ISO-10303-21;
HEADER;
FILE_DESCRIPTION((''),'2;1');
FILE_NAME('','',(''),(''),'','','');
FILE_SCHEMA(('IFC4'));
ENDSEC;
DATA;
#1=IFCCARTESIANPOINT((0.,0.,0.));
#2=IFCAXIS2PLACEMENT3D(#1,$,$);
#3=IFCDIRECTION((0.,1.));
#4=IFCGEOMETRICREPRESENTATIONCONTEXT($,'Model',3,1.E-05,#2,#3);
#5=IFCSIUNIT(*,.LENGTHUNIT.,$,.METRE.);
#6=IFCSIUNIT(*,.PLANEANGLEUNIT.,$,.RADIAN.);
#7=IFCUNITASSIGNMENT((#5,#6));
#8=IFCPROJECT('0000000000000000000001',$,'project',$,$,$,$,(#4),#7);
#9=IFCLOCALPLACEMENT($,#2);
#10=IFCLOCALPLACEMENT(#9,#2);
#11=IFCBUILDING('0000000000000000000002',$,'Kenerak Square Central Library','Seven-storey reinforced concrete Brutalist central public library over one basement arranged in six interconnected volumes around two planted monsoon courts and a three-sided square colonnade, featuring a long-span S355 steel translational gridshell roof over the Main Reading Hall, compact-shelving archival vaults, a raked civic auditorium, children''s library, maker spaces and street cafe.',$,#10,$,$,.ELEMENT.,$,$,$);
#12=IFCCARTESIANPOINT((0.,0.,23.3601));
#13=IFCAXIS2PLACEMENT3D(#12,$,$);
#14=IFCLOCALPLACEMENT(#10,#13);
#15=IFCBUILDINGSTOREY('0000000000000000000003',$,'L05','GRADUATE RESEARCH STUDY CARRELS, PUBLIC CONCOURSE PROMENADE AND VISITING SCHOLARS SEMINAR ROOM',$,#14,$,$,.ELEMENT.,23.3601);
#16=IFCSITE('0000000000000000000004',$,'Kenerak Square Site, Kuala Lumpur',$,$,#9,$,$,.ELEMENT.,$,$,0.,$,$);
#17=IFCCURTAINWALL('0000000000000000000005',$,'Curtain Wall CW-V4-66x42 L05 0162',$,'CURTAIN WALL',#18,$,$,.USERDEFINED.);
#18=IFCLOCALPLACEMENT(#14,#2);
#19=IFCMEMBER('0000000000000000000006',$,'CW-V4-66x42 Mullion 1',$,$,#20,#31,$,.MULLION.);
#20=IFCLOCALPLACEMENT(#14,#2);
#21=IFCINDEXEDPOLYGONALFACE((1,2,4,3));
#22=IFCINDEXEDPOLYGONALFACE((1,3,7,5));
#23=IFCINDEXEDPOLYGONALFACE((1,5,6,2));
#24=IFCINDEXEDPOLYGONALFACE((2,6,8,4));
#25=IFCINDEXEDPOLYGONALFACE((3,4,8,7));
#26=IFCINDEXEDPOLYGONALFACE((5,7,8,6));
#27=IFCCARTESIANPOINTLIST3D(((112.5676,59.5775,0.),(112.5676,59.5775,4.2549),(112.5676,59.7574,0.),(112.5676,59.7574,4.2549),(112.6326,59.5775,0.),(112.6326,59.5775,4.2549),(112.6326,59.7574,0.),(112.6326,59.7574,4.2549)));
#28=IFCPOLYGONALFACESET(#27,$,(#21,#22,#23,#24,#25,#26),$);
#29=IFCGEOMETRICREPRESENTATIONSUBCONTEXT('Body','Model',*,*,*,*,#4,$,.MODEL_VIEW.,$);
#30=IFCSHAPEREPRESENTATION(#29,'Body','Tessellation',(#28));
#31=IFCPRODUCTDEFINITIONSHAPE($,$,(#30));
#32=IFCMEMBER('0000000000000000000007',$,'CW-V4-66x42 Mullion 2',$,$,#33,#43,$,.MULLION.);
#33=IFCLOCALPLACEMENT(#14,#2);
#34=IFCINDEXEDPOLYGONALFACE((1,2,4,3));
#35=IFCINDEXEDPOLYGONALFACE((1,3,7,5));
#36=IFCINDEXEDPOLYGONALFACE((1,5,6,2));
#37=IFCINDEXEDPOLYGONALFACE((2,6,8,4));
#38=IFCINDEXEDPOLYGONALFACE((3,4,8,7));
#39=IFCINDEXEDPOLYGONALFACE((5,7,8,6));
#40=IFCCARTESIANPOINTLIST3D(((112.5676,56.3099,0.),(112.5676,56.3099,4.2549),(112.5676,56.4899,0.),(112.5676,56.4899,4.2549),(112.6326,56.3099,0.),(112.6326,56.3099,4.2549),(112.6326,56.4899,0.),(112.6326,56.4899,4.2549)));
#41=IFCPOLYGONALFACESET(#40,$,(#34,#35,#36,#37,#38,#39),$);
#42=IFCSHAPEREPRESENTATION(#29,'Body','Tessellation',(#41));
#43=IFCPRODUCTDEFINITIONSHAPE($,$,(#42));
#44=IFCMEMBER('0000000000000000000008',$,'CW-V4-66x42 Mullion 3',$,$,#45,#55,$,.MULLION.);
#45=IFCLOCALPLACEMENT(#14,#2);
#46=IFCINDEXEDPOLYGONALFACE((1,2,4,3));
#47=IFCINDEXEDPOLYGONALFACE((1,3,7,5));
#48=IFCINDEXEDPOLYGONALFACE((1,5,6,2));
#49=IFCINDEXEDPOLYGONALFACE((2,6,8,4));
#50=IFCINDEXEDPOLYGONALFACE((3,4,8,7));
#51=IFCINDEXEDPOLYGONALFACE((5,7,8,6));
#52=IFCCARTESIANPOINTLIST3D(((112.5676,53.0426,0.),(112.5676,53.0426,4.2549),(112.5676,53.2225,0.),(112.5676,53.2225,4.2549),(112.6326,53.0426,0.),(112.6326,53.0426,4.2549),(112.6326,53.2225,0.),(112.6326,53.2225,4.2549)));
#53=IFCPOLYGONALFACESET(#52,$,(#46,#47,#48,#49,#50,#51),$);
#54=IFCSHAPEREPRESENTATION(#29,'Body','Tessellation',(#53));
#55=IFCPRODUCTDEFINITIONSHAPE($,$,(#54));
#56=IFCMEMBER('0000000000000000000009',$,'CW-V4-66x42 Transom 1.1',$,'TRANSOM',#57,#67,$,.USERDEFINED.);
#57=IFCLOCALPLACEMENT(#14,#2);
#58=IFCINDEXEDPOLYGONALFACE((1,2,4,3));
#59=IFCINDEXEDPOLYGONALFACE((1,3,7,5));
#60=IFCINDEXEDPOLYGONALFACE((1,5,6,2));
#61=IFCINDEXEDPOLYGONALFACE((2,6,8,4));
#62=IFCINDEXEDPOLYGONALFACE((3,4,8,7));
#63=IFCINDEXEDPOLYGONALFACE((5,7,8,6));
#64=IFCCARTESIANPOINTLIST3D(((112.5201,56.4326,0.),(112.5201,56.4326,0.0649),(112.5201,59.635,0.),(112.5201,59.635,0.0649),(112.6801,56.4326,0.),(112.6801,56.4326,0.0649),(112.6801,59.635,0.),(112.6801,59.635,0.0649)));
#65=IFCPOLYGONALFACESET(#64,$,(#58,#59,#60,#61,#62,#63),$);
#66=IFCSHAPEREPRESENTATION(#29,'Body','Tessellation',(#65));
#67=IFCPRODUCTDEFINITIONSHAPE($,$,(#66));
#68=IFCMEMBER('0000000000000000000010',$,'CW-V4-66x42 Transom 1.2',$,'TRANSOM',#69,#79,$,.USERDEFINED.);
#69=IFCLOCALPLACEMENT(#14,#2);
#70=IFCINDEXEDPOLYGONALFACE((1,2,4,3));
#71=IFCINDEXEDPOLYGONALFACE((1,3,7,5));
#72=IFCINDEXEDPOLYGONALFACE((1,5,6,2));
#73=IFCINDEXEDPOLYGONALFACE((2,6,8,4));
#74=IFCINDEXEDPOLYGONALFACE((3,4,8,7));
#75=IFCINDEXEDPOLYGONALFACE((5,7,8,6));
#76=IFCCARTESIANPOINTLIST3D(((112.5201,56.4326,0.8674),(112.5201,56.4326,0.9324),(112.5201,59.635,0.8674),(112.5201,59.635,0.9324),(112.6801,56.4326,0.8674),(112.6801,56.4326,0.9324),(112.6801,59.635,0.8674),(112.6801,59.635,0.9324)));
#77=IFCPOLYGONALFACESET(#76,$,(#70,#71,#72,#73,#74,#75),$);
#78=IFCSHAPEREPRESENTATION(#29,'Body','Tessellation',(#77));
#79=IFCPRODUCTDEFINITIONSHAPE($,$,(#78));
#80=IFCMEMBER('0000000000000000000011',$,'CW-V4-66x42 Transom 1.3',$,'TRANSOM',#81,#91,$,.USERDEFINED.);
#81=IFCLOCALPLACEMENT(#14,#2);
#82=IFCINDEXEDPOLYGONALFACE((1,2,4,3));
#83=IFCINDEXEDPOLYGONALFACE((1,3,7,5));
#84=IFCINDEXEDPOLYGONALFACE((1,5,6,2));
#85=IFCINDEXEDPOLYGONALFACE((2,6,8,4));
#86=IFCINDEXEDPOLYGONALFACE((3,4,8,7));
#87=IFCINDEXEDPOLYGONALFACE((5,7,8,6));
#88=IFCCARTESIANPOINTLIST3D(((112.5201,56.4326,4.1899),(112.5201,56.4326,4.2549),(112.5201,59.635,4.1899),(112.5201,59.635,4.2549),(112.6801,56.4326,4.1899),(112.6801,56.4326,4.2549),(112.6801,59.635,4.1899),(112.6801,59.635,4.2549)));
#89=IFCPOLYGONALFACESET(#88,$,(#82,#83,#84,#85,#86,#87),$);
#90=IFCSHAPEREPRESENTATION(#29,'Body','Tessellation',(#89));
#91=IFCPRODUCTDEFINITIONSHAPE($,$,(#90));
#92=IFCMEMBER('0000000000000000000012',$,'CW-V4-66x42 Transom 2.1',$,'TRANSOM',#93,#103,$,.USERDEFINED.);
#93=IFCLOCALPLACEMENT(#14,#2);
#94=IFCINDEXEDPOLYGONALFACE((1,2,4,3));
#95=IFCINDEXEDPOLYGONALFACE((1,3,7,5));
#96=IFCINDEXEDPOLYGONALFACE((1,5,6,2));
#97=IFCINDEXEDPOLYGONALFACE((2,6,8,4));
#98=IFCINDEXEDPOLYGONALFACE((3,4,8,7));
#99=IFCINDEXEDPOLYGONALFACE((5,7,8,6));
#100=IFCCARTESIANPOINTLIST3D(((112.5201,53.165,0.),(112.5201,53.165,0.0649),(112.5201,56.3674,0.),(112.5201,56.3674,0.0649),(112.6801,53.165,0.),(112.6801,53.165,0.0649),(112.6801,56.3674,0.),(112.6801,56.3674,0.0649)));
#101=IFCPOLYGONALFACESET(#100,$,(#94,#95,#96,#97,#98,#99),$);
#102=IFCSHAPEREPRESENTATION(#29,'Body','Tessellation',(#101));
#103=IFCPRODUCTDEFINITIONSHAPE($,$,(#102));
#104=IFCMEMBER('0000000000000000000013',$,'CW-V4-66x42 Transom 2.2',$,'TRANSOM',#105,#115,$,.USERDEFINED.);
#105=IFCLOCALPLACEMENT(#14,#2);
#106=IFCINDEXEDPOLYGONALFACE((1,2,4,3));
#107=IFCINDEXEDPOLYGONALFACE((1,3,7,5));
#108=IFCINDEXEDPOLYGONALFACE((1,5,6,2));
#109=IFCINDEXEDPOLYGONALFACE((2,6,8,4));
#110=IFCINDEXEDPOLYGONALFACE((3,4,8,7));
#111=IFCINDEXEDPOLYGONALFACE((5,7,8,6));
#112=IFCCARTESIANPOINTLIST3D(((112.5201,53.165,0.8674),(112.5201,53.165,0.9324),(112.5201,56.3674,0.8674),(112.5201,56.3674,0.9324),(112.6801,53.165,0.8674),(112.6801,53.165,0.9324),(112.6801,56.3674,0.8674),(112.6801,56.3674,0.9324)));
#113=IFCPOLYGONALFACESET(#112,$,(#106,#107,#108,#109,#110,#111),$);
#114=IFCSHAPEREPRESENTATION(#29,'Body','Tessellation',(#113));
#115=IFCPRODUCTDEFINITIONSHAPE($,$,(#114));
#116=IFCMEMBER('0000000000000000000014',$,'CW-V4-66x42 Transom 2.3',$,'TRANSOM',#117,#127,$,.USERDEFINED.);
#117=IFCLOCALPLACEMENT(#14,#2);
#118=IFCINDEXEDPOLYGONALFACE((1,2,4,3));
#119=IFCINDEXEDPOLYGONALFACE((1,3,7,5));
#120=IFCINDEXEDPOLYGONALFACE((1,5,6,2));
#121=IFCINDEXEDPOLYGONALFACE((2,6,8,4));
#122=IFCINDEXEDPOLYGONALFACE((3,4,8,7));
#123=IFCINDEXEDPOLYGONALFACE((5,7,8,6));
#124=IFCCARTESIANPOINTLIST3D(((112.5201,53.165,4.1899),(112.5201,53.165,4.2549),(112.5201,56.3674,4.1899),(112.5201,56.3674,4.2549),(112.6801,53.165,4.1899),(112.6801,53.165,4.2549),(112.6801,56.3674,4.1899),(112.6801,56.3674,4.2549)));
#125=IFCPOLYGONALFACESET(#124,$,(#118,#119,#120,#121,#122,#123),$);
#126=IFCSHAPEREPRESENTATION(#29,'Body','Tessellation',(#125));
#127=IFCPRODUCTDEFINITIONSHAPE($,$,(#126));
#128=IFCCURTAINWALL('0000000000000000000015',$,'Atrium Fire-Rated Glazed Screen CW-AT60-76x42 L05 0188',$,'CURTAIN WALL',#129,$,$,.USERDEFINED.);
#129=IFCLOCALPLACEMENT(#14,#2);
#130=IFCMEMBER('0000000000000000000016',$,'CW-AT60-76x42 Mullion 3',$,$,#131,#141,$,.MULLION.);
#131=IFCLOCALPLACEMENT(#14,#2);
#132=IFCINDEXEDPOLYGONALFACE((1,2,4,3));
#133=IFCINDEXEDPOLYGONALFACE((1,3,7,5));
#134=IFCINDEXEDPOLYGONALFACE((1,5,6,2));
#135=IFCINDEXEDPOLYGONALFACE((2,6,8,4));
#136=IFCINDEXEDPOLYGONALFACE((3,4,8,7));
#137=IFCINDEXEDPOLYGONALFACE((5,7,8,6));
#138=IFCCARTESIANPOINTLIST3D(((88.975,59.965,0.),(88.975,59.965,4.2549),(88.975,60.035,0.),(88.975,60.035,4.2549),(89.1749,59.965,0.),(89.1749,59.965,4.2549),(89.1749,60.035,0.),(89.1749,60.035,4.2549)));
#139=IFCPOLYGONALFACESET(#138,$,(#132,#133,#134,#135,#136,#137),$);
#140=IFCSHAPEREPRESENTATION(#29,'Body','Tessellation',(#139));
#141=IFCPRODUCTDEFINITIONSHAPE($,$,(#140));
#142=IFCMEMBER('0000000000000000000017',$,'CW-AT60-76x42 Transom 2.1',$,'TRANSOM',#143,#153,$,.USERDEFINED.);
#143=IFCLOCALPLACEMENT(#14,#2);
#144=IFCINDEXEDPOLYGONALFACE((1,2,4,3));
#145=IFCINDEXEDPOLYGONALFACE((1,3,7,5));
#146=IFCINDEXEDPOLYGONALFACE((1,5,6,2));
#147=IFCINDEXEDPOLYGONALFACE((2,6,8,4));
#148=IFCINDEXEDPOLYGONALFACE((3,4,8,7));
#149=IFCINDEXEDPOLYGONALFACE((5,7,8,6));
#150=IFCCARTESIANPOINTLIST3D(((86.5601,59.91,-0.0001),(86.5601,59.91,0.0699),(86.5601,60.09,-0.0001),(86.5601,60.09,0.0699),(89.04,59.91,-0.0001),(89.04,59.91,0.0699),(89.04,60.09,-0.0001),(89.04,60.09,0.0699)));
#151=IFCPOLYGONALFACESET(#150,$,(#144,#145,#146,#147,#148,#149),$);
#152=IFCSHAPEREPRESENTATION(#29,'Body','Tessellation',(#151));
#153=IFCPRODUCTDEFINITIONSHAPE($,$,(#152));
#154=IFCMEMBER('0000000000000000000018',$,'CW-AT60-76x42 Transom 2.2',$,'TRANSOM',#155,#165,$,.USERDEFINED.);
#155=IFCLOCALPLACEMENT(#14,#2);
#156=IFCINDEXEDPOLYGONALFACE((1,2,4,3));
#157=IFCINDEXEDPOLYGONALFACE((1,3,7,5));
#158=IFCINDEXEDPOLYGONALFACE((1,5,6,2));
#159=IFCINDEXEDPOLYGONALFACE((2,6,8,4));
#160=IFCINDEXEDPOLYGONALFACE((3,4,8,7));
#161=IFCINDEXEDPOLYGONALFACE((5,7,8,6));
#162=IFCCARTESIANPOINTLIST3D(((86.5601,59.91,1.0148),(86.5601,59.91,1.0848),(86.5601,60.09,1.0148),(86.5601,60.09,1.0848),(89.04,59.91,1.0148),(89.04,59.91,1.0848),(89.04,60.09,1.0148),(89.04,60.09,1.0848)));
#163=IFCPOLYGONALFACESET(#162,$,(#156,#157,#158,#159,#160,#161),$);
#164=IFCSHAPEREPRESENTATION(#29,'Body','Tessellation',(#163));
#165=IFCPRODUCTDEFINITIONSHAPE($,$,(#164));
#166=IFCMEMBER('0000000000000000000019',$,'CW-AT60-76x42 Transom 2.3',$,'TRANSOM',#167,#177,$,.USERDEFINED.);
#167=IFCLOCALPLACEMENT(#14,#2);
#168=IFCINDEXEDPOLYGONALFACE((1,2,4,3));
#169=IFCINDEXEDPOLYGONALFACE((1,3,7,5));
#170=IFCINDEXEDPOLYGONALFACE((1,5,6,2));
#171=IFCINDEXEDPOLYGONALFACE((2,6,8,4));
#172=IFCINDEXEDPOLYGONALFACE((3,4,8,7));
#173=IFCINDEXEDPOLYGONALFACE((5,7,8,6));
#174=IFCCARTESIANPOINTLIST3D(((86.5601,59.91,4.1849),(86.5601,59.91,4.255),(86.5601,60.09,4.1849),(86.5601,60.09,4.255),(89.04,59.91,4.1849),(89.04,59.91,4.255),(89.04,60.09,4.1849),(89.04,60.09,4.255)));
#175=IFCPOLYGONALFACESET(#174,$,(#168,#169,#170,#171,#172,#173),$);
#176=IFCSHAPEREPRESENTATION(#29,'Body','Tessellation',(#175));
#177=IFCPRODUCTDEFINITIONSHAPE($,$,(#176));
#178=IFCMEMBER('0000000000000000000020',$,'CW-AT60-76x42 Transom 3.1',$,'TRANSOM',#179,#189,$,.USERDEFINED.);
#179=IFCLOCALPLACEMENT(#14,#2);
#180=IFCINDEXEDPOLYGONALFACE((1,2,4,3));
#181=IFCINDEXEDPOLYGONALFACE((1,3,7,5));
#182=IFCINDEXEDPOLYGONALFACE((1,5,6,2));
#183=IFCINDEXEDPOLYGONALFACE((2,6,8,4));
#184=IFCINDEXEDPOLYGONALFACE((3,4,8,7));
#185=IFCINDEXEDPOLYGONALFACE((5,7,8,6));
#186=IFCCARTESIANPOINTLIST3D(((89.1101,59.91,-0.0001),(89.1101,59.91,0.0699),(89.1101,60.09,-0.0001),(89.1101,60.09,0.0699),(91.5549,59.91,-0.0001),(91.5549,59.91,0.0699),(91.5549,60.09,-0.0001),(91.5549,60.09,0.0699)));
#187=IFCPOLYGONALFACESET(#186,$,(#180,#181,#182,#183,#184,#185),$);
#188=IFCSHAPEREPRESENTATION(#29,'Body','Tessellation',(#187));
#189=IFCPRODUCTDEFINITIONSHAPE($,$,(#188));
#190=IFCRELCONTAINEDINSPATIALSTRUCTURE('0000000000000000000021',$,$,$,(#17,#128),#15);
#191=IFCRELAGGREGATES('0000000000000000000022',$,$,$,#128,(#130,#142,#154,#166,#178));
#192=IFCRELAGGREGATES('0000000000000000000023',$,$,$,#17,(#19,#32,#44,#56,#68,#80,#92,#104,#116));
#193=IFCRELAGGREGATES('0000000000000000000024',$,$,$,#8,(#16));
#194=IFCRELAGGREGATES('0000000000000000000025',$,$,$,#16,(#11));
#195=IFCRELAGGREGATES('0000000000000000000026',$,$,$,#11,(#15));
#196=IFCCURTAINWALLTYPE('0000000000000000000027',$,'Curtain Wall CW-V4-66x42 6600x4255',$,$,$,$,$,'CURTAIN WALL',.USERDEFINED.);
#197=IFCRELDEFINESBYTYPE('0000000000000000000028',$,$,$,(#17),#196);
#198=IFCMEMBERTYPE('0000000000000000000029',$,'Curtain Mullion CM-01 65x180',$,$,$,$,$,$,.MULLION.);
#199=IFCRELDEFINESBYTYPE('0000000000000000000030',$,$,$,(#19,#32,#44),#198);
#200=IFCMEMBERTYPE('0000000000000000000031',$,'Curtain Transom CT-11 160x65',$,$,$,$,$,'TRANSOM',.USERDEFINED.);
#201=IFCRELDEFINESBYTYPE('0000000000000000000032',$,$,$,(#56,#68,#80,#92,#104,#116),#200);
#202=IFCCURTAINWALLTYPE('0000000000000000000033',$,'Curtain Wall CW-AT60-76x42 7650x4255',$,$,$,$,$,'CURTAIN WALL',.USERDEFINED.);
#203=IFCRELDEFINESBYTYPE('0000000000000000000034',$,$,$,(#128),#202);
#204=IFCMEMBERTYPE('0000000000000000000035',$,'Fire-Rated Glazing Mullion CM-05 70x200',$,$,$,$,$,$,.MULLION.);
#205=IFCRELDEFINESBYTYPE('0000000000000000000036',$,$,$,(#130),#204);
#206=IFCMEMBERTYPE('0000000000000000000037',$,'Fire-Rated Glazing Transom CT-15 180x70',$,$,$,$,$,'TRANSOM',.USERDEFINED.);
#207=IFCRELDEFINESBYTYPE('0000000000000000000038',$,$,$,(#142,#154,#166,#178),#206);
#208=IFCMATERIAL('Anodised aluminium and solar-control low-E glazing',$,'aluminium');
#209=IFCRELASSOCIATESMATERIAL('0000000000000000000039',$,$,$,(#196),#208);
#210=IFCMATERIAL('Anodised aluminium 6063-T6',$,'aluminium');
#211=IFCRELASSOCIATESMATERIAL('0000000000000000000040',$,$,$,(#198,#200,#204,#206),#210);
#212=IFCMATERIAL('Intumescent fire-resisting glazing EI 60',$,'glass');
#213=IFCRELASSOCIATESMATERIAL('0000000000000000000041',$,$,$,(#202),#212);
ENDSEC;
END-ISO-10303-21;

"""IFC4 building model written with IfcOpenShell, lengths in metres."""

from ifc_helpers import new_model, si_unit, direction, frame, origin, origin_2d, place, context, subcontext, project, spatial, rectangle, extrude, material, material_profile, profile_set, type_object, element, aggregate, save


model = new_model("IFC4")

# Units and contexts
model_context = context("Model", 3, precision=1e-05, world=origin(), true_north=direction((0.0, 1.0)))
body_context = subcontext(model_context, "Body", "Model", "MODEL_VIEW")
ifc_project = project(units=[si_unit("LENGTHUNIT", "METRE"), si_unit("PLANEANGLEUNIT", "RADIAN")], contexts=[model_context])

# Site, building, storey
site_placement = place(None, origin())
site = spatial("IfcSite", under=ifc_project, at=site_placement, Name="Kenerak Square Site, Kuala Lumpur", CompositionType="ELEMENT", RefElevation=0.0)
building_placement = place(site_placement, origin())
building = spatial("IfcBuilding", under=site, at=building_placement, Name="Kenerak Square Central Library", Description="Seven-storey reinforced concrete Brutalist central public library over one basement arranged in six interconnected volumes around two planted monsoon courts and a three-sided square colonnade, featuring a long-span S355 steel translational gridshell roof over the Main Reading Hall, compact-shelving archival vaults, a raked civic auditorium, children's library, maker spaces and street cafe.", CompositionType="ELEMENT")
storey_placement = place(building_placement, frame((0.0, 0.0, 23.3601)))
storey = spatial("IfcBuildingStorey", under=building, at=storey_placement, Name="L05", Description="GRADUATE RESEARCH STUDY CARRELS, PUBLIC CONCOURSE PROMENADE AND VISITING SCHOLARS SEMINAR ROOM", CompositionType="ELEMENT", Elevation=23.3601)

# Curtain wall, members
ifc_material_1 = material(Name="Anodised aluminium and solar-control low-E glazing", Category="aluminium")
curtain_wall_type_1 = type_object("IfcCurtainWallType", Name="Curtain Wall CW-V4-66x42 6600x4255", ElementType="CURTAIN WALL", PredefinedType="USERDEFINED", material=ifc_material_1)
curtain_wall_1_placement = place(storey_placement, origin())
curtain_wall_1 = element("IfcCurtainWall", 1, at=curtain_wall_1_placement, inside=storey, type_object=curtain_wall_type_1, Name="Curtain Wall CW-V4-66x42 L05 0162", ObjectType="CURTAIN WALL", PredefinedType="USERDEFINED")
ifc_material_2 = material(Name="Anodised aluminium 6063-T6", Category="aluminium")
ifc_material_profile_1 = material_profile(ifc_material_2, rectangle(XDim=0.0649, YDim=0.1799, at=origin_2d()), Name="AL MULLION 65x180")
ifc_profile_set_1 = profile_set([ifc_material_profile_1], Name="Anodised aluminium 6063-T6")
member_type_1 = type_object("IfcMemberType", Name="Curtain Mullion CM-01 65x180", PredefinedType="MULLION", material=ifc_profile_set_1)
member_1_placement = place(storey_placement, frame((112.6001, 59.6675, 0.0), z_axis=(0.0, 0.0, 1.0), x_axis=(1.0, 0.0, 0.0)))
member_1 = element("IfcMember", 2, at=member_1_placement, type_object=member_type_1, Name="CW-V4-66x42 Mullion 1", PredefinedType="MULLION", context=body_context, shape_type="SweptSolid", body=[
    extrude(rectangle(XDim=0.0649, YDim=0.1799, at=origin_2d()), origin(), (0.0, 0.0, 1.0), 4.2549),
])
member_2_placement = place(storey_placement, frame((112.6001, 56.3999, 0.0), z_axis=(0.0, 0.0, 1.0), x_axis=(1.0, 0.0, 0.0)))
member_2 = element("IfcMember", 3, at=member_2_placement, type_object=member_type_1, Name="CW-V4-66x42 Mullion 2", PredefinedType="MULLION", context=body_context, shape_type="SweptSolid", body=[
    extrude(rectangle(XDim=0.0649, YDim=0.1799, at=origin_2d()), origin(), (0.0, 0.0, 1.0), 4.2549),
])
member_3_placement = place(storey_placement, frame((112.6001, 53.1326, 0.0), z_axis=(0.0, 0.0, 1.0), x_axis=(1.0, 0.0, 0.0)))
member_3 = element("IfcMember", 4, at=member_3_placement, type_object=member_type_1, Name="CW-V4-66x42 Mullion 3", PredefinedType="MULLION", context=body_context, shape_type="SweptSolid", body=[
    extrude(rectangle(XDim=0.0649, YDim=0.1799, at=origin_2d()), origin(), (0.0, 0.0, 1.0), 4.2549),
])
ifc_material_profile_2 = material_profile(ifc_material_2, rectangle(XDim=0.1599, YDim=0.0649, at=origin_2d()), Name="AL TRANSOM 160x65")
ifc_profile_set_2 = profile_set([ifc_material_profile_2], Name="Anodised aluminium 6063-T6")
member_type_2 = type_object("IfcMemberType", Name="Curtain Transom CT-11 160x65", ElementType="TRANSOM", PredefinedType="USERDEFINED", material=ifc_profile_set_2)
member_4_placement = place(storey_placement, frame((112.6001, 59.635, 0.0325), z_axis=(0.0, -1.0, 0.0), x_axis=(1.0, 0.0, 0.0)))
member_4 = element("IfcMember", 5, at=member_4_placement, type_object=member_type_2, Name="CW-V4-66x42 Transom 1.1", ObjectType="TRANSOM", PredefinedType="USERDEFINED", context=body_context, shape_type="SweptSolid", body=[
    extrude(rectangle(XDim=0.1599, YDim=0.0649, at=origin_2d()), origin(), (0.0, 0.0, 1.0), 3.2024),
])
member_5_placement = place(storey_placement, frame((112.6001, 59.635, 0.8999), z_axis=(0.0, -1.0, 0.0), x_axis=(1.0, 0.0, 0.0)))
member_5 = element("IfcMember", 6, at=member_5_placement, type_object=member_type_2, Name="CW-V4-66x42 Transom 1.2", ObjectType="TRANSOM", PredefinedType="USERDEFINED", context=body_context, shape_type="SweptSolid", body=[
    extrude(rectangle(XDim=0.1599, YDim=0.0649, at=origin_2d()), origin(), (0.0, 0.0, 1.0), 3.2024),
])
member_6_placement = place(storey_placement, frame((112.6001, 59.635, 4.2224), z_axis=(0.0, -1.0, 0.0), x_axis=(1.0, 0.0, 0.0)))
member_6 = element("IfcMember", 7, at=member_6_placement, type_object=member_type_2, Name="CW-V4-66x42 Transom 1.3", ObjectType="TRANSOM", PredefinedType="USERDEFINED", context=body_context, shape_type="SweptSolid", body=[
    extrude(rectangle(XDim=0.1599, YDim=0.0649, at=origin_2d()), origin(), (0.0, 0.0, 1.0), 3.2024),
])
member_7_placement = place(storey_placement, frame((112.6001, 56.3674, 0.0325), z_axis=(0.0, -1.0, 0.0), x_axis=(1.0, 0.0, 0.0)))
member_7 = element("IfcMember", 8, at=member_7_placement, type_object=member_type_2, Name="CW-V4-66x42 Transom 2.1", ObjectType="TRANSOM", PredefinedType="USERDEFINED", context=body_context, shape_type="SweptSolid", body=[
    extrude(rectangle(XDim=0.1599, YDim=0.0649, at=origin_2d()), origin(), (0.0, 0.0, 1.0), 3.2024),
])
member_8_placement = place(storey_placement, frame((112.6001, 56.3674, 0.8999), z_axis=(0.0, -1.0, 0.0), x_axis=(1.0, 0.0, 0.0)))
member_8 = element("IfcMember", 9, at=member_8_placement, type_object=member_type_2, Name="CW-V4-66x42 Transom 2.2", ObjectType="TRANSOM", PredefinedType="USERDEFINED", context=body_context, shape_type="SweptSolid", body=[
    extrude(rectangle(XDim=0.1599, YDim=0.0649, at=origin_2d()), origin(), (0.0, 0.0, 1.0), 3.2024),
])
member_9_placement = place(storey_placement, frame((112.6001, 56.3674, 4.2224), z_axis=(0.0, -1.0, 0.0), x_axis=(1.0, 0.0, 0.0)))
member_9 = element("IfcMember", 10, at=member_9_placement, type_object=member_type_2, Name="CW-V4-66x42 Transom 2.3", ObjectType="TRANSOM", PredefinedType="USERDEFINED", context=body_context, shape_type="SweptSolid", body=[
    extrude(rectangle(XDim=0.1599, YDim=0.0649, at=origin_2d()), origin(), (0.0, 0.0, 1.0), 3.2024),
])

# Curtain wall, members
ifc_material_3 = material(Name="Intumescent fire-resisting glazing EI 60", Category="glass")
curtain_wall_type_2 = type_object("IfcCurtainWallType", Name="Curtain Wall CW-AT60-76x42 7650x4255", ElementType="CURTAIN WALL", PredefinedType="USERDEFINED", material=ifc_material_3)
curtain_wall_2_placement = place(storey_placement, origin())
curtain_wall_2 = element("IfcCurtainWall", 11, at=curtain_wall_2_placement, inside=storey, type_object=curtain_wall_type_2, Name="Atrium Fire-Rated Glazed Screen CW-AT60-76x42 L05 0188", ObjectType="CURTAIN WALL", PredefinedType="USERDEFINED")
ifc_material_profile_3 = material_profile(ifc_material_2, rectangle(XDim=0.0701, YDim=0.2, at=origin_2d()), Name="AL MULLION 70x200")
ifc_profile_set_3 = profile_set([ifc_material_profile_3], Name="Anodised aluminium 6063-T6")
member_type_3 = type_object("IfcMemberType", Name="Fire-Rated Glazing Mullion CM-05 70x200", PredefinedType="MULLION", material=ifc_profile_set_3)
member_10_placement = place(storey_placement, frame((89.075, 60.0, 0.0), z_axis=(0.0, 0.0, 1.0), x_axis=(0.0, 1.0, 0.0)))
member_10 = element("IfcMember", 12, at=member_10_placement, type_object=member_type_3, Name="CW-AT60-76x42 Mullion 3", PredefinedType="MULLION", context=body_context, shape_type="SweptSolid", body=[
    extrude(rectangle(XDim=0.0701, YDim=0.2, at=origin_2d()), origin(), (0.0, 0.0, 1.0), 4.2549),
])
ifc_material_profile_4 = material_profile(ifc_material_2, rectangle(XDim=0.1799, YDim=0.0701, at=origin_2d()), Name="AL TRANSOM 180x70")
ifc_profile_set_4 = profile_set([ifc_material_profile_4], Name="Anodised aluminium 6063-T6")
member_type_4 = type_object("IfcMemberType", Name="Fire-Rated Glazing Transom CT-15 180x70", ElementType="TRANSOM", PredefinedType="USERDEFINED", material=ifc_profile_set_4)
member_11_placement = place(storey_placement, frame((86.5601, 60.0, 0.0349), z_axis=(1.0, 0.0, 0.0), x_axis=(0.0, 1.0, 0.0)))
member_11 = element("IfcMember", 13, at=member_11_placement, type_object=member_type_4, Name="CW-AT60-76x42 Transom 2.1", ObjectType="TRANSOM", PredefinedType="USERDEFINED", context=body_context, shape_type="SweptSolid", body=[
    extrude(rectangle(XDim=0.1799, YDim=0.0701, at=origin_2d()), origin(), (0.0, 0.0, 1.0), 2.48),
])
member_12_placement = place(storey_placement, frame((86.5601, 60.0, 1.0498), z_axis=(1.0, 0.0, 0.0), x_axis=(0.0, 1.0, 0.0)))
member_12 = element("IfcMember", 14, at=member_12_placement, type_object=member_type_4, Name="CW-AT60-76x42 Transom 2.2", ObjectType="TRANSOM", PredefinedType="USERDEFINED", context=body_context, shape_type="SweptSolid", body=[
    extrude(rectangle(XDim=0.1799, YDim=0.0701, at=origin_2d()), origin(), (0.0, 0.0, 1.0), 2.48),
])
member_13_placement = place(storey_placement, frame((86.5601, 60.0, 4.22), z_axis=(1.0, 0.0, 0.0), x_axis=(0.0, 1.0, 0.0)))
member_13 = element("IfcMember", 15, at=member_13_placement, type_object=member_type_4, Name="CW-AT60-76x42 Transom 2.3", ObjectType="TRANSOM", PredefinedType="USERDEFINED", context=body_context, shape_type="SweptSolid", body=[
    extrude(rectangle(XDim=0.1799, YDim=0.0701, at=origin_2d()), origin(), (0.0, 0.0, 1.0), 2.48),
])
member_14_placement = place(storey_placement, frame((89.1101, 60.0, 0.0349), z_axis=(1.0, 0.0, 0.0), x_axis=(0.0, 1.0, 0.0)))
member_14 = element("IfcMember", 16, at=member_14_placement, type_object=member_type_4, Name="CW-AT60-76x42 Transom 3.1", ObjectType="TRANSOM", PredefinedType="USERDEFINED", context=body_context, shape_type="SweptSolid", body=[
    extrude(rectangle(XDim=0.1799, YDim=0.0701, at=origin_2d()), origin(), (0.0, 0.0, 1.0), 2.4448),
])
aggregate(curtain_wall_2, [member_10, member_11, member_12, member_13, member_14])

aggregate(curtain_wall_1, [member_1, member_2, member_3, member_4, member_5, member_6, member_7, member_8, member_9])

save(model, "model.ifc")
